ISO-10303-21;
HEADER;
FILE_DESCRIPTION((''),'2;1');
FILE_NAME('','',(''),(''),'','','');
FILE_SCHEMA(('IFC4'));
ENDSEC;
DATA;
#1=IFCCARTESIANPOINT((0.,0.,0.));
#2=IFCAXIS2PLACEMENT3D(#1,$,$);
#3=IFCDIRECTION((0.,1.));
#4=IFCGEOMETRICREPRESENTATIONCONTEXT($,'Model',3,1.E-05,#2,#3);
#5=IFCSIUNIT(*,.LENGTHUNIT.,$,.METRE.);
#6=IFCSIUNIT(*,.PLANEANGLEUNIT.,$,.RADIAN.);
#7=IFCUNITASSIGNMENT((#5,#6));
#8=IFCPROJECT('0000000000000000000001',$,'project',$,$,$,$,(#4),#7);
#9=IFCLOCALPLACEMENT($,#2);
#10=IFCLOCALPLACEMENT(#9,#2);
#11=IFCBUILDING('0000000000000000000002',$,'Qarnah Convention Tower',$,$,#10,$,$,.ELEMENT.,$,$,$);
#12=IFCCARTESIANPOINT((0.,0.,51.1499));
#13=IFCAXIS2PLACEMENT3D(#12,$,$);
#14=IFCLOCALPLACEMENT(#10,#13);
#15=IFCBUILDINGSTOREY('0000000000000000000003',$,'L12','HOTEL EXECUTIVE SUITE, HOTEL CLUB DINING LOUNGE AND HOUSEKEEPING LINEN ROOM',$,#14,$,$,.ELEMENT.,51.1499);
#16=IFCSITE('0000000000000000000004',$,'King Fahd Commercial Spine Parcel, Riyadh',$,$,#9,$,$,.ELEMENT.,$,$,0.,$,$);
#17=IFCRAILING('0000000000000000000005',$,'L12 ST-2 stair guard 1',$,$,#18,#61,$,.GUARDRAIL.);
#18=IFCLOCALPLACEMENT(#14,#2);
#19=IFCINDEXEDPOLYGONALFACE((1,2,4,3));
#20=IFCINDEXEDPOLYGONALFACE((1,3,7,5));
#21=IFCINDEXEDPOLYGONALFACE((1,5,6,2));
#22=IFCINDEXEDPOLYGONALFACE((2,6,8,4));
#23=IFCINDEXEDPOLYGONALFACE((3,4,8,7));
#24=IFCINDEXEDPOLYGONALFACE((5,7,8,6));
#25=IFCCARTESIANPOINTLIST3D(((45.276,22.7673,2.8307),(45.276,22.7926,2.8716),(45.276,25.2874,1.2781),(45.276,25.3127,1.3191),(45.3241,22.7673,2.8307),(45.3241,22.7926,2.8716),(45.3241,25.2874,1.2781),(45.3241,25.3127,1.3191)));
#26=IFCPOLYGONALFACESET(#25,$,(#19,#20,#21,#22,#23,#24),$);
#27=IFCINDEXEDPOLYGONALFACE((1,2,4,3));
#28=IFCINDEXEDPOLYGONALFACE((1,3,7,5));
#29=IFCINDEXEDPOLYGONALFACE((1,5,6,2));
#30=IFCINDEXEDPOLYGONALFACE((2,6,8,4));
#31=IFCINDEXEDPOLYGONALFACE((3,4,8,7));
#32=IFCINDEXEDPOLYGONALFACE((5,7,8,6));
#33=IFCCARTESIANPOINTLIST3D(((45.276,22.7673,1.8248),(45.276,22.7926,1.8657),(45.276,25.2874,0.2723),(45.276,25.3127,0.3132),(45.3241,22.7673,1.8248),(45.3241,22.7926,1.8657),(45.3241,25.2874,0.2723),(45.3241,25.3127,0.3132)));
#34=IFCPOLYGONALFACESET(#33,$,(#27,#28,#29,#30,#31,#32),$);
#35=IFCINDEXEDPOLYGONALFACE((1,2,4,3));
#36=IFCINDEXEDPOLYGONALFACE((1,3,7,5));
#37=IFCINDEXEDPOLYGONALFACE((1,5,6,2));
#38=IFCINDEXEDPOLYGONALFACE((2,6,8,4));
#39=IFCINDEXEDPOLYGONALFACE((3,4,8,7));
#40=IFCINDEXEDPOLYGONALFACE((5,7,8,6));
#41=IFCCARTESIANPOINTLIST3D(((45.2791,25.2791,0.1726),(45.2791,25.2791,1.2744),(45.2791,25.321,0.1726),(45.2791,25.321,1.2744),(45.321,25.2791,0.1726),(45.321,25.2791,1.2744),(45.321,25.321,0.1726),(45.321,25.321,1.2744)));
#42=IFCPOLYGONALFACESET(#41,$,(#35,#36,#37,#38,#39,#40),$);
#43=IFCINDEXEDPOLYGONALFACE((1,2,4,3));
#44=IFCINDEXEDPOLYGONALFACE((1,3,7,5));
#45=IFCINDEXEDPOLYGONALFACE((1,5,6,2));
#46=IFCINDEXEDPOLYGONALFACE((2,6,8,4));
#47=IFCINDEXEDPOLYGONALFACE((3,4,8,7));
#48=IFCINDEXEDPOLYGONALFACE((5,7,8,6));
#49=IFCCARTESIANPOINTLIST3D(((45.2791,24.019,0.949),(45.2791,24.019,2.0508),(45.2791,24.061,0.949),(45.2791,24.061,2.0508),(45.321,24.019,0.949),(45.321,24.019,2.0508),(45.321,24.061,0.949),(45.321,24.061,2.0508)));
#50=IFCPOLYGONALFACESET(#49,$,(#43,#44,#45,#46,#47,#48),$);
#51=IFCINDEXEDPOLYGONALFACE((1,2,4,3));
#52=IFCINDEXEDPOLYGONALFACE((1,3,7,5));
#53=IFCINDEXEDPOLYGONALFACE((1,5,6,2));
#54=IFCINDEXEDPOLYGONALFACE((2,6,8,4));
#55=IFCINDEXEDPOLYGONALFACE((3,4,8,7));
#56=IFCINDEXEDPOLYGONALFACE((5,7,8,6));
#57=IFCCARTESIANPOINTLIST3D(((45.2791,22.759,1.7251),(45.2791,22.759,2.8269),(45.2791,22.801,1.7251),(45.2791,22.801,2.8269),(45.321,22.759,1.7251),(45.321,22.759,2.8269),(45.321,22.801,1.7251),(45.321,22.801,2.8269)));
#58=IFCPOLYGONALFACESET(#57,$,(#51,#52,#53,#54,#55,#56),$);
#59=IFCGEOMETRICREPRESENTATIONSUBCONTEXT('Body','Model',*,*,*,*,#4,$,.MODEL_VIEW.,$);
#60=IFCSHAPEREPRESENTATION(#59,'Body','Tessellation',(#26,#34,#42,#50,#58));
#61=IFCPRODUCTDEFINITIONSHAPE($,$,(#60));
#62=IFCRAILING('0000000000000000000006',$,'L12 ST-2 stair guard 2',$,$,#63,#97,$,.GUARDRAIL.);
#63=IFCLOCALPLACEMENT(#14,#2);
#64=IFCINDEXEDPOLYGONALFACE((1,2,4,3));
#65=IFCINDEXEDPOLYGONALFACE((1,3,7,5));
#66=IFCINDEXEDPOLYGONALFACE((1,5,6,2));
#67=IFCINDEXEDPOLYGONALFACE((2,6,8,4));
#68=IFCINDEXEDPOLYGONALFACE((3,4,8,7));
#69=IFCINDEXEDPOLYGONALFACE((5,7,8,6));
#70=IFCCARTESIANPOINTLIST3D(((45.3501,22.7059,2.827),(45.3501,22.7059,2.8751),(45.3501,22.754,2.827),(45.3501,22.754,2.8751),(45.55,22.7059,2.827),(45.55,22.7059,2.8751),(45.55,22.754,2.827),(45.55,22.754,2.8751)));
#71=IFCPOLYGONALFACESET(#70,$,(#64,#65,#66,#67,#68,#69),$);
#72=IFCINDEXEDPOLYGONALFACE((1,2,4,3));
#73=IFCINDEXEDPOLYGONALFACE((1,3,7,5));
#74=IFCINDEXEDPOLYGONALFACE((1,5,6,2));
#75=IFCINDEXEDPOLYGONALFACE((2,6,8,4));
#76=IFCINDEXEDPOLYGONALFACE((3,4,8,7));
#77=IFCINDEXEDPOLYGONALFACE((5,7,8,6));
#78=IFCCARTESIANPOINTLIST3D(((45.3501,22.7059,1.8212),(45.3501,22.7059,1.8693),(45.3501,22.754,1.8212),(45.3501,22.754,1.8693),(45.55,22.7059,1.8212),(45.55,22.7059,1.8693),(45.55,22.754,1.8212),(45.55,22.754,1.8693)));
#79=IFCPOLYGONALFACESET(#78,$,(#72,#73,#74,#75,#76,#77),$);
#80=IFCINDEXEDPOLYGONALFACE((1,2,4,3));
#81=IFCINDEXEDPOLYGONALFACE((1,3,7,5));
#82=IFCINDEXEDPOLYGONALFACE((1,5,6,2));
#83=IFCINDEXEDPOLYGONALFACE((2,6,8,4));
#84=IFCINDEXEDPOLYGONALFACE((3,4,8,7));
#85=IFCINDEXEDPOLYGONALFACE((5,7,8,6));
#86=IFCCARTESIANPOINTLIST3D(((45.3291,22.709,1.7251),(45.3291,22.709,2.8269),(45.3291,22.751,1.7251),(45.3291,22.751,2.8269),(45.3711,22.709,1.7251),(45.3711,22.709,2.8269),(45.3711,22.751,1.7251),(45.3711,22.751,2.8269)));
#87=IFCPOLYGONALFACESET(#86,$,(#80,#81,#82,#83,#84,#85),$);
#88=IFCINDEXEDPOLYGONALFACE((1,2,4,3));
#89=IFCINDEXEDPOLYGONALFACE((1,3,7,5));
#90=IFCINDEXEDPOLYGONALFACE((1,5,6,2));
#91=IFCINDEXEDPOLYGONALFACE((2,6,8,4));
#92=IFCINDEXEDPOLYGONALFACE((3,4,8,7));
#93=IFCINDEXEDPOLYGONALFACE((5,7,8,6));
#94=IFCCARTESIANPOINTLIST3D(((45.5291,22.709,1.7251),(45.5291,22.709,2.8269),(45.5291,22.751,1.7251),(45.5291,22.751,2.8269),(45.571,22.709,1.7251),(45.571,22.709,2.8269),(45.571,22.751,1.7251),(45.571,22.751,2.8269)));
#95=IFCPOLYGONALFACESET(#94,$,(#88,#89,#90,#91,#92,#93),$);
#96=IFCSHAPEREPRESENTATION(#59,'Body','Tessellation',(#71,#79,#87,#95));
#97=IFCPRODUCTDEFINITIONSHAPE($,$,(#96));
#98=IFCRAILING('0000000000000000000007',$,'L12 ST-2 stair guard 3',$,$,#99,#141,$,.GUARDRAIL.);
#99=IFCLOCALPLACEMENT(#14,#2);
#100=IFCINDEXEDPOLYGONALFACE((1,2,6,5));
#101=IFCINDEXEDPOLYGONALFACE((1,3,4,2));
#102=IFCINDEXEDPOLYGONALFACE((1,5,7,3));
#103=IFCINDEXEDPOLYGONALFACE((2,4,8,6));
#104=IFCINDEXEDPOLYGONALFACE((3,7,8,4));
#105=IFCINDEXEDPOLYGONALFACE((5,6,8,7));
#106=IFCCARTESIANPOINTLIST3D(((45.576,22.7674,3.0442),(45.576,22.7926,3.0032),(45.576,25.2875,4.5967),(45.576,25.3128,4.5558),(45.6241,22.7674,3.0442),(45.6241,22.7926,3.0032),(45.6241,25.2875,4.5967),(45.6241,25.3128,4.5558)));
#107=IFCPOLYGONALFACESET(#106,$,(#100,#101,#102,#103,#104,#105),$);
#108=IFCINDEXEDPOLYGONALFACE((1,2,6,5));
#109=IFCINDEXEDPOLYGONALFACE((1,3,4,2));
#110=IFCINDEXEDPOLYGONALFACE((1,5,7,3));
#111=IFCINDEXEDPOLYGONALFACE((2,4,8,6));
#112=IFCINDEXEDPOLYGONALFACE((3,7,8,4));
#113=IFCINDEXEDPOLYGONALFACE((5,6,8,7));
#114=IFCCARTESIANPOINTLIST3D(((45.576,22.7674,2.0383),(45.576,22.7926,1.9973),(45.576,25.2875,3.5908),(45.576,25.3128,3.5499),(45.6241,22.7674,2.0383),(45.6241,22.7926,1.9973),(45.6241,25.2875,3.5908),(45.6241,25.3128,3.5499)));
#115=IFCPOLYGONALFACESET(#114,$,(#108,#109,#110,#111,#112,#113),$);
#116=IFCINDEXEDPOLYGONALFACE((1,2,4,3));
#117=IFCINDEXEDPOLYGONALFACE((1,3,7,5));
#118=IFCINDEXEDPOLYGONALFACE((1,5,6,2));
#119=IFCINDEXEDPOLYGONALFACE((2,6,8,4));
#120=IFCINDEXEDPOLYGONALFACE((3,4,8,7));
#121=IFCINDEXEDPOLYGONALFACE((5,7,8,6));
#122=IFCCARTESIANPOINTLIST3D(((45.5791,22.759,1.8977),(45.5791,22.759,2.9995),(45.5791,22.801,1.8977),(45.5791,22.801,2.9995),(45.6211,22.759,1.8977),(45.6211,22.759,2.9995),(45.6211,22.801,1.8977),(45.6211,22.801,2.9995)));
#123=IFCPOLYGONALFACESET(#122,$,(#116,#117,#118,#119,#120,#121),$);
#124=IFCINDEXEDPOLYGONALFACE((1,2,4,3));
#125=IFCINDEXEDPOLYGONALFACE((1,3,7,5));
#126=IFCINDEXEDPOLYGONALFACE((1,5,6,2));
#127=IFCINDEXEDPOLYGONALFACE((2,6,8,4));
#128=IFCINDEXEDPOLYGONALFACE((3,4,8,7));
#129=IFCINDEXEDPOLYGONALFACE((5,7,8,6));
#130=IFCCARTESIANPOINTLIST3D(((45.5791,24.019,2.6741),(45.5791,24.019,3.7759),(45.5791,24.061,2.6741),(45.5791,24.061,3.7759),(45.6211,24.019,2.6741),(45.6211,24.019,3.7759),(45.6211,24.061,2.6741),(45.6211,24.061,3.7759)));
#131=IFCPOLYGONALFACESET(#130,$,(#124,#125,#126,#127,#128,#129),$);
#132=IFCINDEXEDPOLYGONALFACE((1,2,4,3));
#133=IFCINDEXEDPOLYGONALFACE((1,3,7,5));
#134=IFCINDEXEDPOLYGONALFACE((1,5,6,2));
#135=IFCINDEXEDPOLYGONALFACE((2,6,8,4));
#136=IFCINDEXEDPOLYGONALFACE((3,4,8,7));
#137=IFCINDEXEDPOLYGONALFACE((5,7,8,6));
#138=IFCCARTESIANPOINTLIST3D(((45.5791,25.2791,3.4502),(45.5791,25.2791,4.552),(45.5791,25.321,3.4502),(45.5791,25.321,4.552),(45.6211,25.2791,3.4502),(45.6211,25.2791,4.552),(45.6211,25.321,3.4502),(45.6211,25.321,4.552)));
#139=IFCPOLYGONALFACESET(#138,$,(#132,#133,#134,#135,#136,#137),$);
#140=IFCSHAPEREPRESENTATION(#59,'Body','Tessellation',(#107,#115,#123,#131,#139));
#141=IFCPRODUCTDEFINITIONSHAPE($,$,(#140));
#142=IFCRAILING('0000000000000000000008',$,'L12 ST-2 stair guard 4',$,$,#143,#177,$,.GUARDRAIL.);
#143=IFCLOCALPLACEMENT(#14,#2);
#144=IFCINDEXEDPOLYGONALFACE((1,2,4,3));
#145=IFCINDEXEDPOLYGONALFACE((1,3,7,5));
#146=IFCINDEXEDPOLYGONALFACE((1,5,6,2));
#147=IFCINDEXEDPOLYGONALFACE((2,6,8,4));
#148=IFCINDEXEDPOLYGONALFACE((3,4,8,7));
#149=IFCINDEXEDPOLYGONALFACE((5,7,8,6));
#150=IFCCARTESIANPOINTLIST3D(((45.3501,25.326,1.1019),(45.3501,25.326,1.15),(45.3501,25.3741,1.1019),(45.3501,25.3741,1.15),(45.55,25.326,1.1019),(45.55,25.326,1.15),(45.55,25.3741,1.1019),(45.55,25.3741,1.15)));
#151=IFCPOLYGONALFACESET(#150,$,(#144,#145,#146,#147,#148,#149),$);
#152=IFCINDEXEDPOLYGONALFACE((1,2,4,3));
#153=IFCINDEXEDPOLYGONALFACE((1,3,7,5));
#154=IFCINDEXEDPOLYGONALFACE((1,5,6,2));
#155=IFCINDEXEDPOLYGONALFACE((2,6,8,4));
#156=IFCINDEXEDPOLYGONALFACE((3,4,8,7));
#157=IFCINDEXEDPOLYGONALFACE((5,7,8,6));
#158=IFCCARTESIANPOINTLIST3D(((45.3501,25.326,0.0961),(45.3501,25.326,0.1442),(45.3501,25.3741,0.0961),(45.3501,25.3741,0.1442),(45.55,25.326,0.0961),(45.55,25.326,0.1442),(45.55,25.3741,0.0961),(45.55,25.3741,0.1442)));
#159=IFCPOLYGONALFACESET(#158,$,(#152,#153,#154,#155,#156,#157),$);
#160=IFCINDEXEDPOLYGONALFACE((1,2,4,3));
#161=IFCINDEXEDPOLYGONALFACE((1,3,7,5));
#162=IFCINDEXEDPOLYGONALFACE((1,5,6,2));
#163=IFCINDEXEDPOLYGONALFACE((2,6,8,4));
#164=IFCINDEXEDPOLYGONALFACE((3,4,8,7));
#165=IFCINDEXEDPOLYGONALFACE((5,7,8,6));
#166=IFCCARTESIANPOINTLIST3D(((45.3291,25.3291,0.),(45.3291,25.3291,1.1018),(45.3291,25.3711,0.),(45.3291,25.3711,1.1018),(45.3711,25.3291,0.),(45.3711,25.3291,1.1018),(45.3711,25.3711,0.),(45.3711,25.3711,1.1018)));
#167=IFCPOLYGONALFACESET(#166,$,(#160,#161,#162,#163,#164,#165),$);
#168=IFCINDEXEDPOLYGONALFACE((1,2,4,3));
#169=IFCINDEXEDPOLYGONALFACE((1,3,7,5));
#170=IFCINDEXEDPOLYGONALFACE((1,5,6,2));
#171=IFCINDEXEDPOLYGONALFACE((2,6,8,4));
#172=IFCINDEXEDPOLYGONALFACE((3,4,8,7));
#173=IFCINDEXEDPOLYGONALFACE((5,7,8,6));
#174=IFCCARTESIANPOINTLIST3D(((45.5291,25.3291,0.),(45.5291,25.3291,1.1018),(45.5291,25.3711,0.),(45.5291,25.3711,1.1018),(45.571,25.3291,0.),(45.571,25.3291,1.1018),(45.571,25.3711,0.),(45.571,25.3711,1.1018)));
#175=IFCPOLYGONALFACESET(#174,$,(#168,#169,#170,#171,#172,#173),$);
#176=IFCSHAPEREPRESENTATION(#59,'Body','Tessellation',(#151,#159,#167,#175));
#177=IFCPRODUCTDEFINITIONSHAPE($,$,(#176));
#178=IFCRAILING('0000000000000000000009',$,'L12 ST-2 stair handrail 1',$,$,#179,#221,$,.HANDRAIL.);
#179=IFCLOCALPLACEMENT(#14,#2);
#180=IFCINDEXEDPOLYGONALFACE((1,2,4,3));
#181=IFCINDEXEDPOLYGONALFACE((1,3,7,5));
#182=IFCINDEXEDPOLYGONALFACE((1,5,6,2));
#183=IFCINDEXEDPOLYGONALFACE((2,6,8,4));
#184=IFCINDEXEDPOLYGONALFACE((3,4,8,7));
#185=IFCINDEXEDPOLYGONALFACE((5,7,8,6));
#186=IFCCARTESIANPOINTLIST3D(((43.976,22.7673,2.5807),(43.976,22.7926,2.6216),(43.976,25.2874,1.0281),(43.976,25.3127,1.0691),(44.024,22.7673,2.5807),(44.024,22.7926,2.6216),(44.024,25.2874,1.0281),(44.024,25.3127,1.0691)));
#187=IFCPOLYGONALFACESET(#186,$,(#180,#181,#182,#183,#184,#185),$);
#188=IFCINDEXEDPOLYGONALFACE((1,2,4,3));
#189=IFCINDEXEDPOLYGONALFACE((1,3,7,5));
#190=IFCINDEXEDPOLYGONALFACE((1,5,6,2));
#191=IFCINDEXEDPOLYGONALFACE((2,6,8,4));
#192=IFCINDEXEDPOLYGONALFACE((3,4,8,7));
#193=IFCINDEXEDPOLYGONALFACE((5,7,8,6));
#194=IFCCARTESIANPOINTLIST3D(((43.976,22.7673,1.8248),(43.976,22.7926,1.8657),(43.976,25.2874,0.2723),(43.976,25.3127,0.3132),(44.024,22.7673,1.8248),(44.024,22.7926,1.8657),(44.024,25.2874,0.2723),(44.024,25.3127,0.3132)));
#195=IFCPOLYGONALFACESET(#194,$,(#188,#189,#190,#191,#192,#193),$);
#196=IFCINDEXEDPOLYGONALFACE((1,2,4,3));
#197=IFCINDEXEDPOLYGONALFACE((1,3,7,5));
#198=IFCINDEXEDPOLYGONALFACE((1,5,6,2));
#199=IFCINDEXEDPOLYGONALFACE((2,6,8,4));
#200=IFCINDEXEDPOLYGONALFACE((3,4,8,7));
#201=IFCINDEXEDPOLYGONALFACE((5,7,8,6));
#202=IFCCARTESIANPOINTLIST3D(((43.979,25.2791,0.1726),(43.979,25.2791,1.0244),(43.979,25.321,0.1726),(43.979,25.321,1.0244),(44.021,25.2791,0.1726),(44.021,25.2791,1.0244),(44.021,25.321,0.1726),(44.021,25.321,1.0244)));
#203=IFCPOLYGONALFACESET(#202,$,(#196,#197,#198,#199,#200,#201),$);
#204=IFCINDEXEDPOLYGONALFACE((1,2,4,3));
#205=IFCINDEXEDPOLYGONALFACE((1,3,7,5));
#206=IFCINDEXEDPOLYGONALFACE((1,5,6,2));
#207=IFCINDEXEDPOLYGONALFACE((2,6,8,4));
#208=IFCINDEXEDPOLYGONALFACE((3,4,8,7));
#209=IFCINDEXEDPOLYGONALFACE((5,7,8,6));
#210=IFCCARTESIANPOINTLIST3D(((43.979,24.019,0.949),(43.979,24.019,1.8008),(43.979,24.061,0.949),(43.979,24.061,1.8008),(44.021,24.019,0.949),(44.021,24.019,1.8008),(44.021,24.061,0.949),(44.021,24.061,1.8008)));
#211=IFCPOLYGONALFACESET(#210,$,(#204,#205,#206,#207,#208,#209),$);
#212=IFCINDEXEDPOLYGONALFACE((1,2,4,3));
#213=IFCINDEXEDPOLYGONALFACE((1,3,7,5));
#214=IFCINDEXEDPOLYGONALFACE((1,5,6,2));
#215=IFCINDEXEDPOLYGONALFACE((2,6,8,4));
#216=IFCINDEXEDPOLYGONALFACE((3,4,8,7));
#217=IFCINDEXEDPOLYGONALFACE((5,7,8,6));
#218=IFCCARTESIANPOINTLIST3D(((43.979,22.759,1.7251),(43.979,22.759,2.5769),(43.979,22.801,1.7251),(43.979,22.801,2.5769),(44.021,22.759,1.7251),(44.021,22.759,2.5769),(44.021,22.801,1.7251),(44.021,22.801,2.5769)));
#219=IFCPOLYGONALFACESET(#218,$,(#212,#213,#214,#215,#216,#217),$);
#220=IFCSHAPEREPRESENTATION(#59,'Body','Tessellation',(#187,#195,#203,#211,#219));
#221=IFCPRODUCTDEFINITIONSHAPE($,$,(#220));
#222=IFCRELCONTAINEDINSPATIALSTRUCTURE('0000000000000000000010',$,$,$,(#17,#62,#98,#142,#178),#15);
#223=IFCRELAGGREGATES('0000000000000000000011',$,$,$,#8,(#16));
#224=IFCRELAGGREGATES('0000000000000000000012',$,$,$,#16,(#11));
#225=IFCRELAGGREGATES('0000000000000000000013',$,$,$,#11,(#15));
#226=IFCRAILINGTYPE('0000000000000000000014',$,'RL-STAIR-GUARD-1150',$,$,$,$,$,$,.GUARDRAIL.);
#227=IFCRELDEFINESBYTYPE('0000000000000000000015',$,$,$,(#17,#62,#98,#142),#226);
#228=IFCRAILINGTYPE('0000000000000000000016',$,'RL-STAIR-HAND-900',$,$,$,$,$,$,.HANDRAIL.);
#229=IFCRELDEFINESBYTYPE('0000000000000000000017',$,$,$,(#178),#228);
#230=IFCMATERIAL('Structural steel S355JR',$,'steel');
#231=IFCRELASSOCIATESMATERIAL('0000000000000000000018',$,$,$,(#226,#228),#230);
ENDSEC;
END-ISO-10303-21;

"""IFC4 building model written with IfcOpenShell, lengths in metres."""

from ifc_helpers import new_model, si_unit, direction, frame, origin, origin_2d, place, context, subcontext, project, spatial, rectangle, extrude, material, type_object, element, save


model = new_model("IFC4")

# Units and contexts
model_context = context("Model", 3, precision=1e-05, world=origin(), true_north=direction((0.0, 1.0)))
body_context = subcontext(model_context, "Body", "Model", "MODEL_VIEW")
ifc_project = project(units=[si_unit("LENGTHUNIT", "METRE"), si_unit("PLANEANGLEUNIT", "RADIAN")], contexts=[model_context])

# Site, building, storey
site_placement = place(None, origin())
site = spatial("IfcSite", under=ifc_project, at=site_placement, Name="King Fahd Commercial Spine Parcel, Riyadh", CompositionType="ELEMENT", RefElevation=0.0)
building_placement = place(site_placement, origin())
building = spatial("IfcBuilding", under=site, at=building_placement, Name="Qarnah Convention Tower", CompositionType="ELEMENT")
storey_placement = place(building_placement, frame((0.0, 0.0, 51.1499)))
storey = spatial("IfcBuildingStorey", under=building, at=storey_placement, Name="L12", Description="HOTEL EXECUTIVE SUITE, HOTEL CLUB DINING LOUNGE AND HOUSEKEEPING LINEN ROOM", CompositionType="ELEMENT", Elevation=51.1499)

# Shared definitions
ifc_material_1 = material(Name="Structural steel S355JR", Category="steel")

# Railings
railing_type_1 = type_object("IfcRailingType", Name="RL-STAIR-GUARD-1150", PredefinedType="GUARDRAIL", material=ifc_material_1)
railing_1_placement = place(storey_placement, frame((45.3, 25.3, 0.1726)))
element("IfcRailing", 1, at=railing_1_placement, inside=storey, type_object=railing_type_1, Name="L12 ST-2 stair guard 1", PredefinedType="GUARDRAIL", context=body_context, shape_type="SweptSolid", body=[
    extrude(rectangle(XDim=0.0481, YDim=0.0481, at=origin_2d()), frame((0.0, 0.0, 1.126), z_axis=(0.0, -0.8514, 0.524516), x_axis=(1.0, 0.0, 0.0)), (0.0, 0.0, 1.0), 2.96),
    extrude(rectangle(XDim=0.0481, YDim=0.0481, at=origin_2d()), frame((0.0, 0.0, 0.1201), z_axis=(0.0, -0.8514, 0.524516), x_axis=(1.0, 0.0, 0.0)), (0.0, 0.0, 1.0), 2.96),
    extrude(rectangle(XDim=0.042, YDim=0.042, at=origin_2d()), origin(), (0.0, 0.0, 1.0), 1.1018),
    extrude(rectangle(XDim=0.042, YDim=0.042, at=origin_2d()), frame((0.0, -1.26, 0.7764)), (0.0, 0.0, 1.0), 1.1018),
    extrude(rectangle(XDim=0.042, YDim=0.042, at=origin_2d()), frame((0.0, -2.52, 1.5525)), (0.0, 0.0, 1.0), 1.1018),
])
railing_2_placement = place(storey_placement, frame((45.3501, 22.73, 1.7251)))
element("IfcRailing", 2, at=railing_2_placement, inside=storey, type_object=railing_type_1, Name="L12 ST-2 stair guard 2", PredefinedType="GUARDRAIL", context=body_context, shape_type="SweptSolid", body=[
    extrude(rectangle(XDim=0.0481, YDim=0.0481, at=origin_2d()), frame((0.0, 0.0, 1.126), z_axis=(1.0, 0.0, 0.0), x_axis=(0.0, 1.0, 0.0)), (0.0, 0.0, 1.0), 0.2),
    extrude(rectangle(XDim=0.0481, YDim=0.0481, at=origin_2d()), frame((0.0, 0.0, 0.1201), z_axis=(1.0, 0.0, 0.0), x_axis=(0.0, 1.0, 0.0)), (0.0, 0.0, 1.0), 0.2),
    extrude(rectangle(XDim=0.042, YDim=0.042, at=origin_2d()), origin(), (0.0, 0.0, 1.0), 1.1018),
    extrude(rectangle(XDim=0.042, YDim=0.042, at=origin_2d()), frame((0.2, 0.0, 0.0)), (0.0, 0.0, 1.0), 1.1018),
])
railing_3_placement = place(storey_placement, frame((45.6001, 22.78, 1.8977)))
element("IfcRailing", 3, at=railing_3_placement, inside=storey, type_object=railing_type_1, Name="L12 ST-2 stair guard 3", PredefinedType="GUARDRAIL", context=body_context, shape_type="SweptSolid", body=[
    extrude(rectangle(XDim=0.0481, YDim=0.0481, at=origin_2d()), frame((0.0, 0.0, 1.126), z_axis=(0.0, 0.8514, 0.524516), x_axis=(-1.0, 0.0, 0.0)), (0.0, 0.0, 1.0), 2.96),
    extrude(rectangle(XDim=0.0481, YDim=0.0481, at=origin_2d()), frame((0.0, 0.0, 0.1201), z_axis=(0.0, 0.8514, 0.524516), x_axis=(-1.0, 0.0, 0.0)), (0.0, 0.0, 1.0), 2.96),
    extrude(rectangle(XDim=0.042, YDim=0.042, at=origin_2d()), origin(), (0.0, 0.0, 1.0), 1.1018),
    extrude(rectangle(XDim=0.042, YDim=0.042, at=origin_2d()), frame((0.0, 1.26, 0.7764)), (0.0, 0.0, 1.0), 1.1018),
    extrude(rectangle(XDim=0.042, YDim=0.042, at=origin_2d()), frame((0.0, 2.52, 1.5525)), (0.0, 0.0, 1.0), 1.1018),
])
railing_4_placement = place(storey_placement, frame((45.3501, 25.3501, 0.0)))
element("IfcRailing", 4, at=railing_4_placement, inside=storey, type_object=railing_type_1, Name="L12 ST-2 stair guard 4", PredefinedType="GUARDRAIL", context=body_context, shape_type="SweptSolid", body=[
    extrude(rectangle(XDim=0.0481, YDim=0.0481, at=origin_2d()), frame((0.0, 0.0, 1.126), z_axis=(1.0, 0.0, 0.0), x_axis=(0.0, 1.0, 0.0)), (0.0, 0.0, 1.0), 0.2),
    extrude(rectangle(XDim=0.0481, YDim=0.0481, at=origin_2d()), frame((0.0, 0.0, 0.1201), z_axis=(1.0, 0.0, 0.0), x_axis=(0.0, 1.0, 0.0)), (0.0, 0.0, 1.0), 0.2),
    extrude(rectangle(XDim=0.042, YDim=0.042, at=origin_2d()), origin(), (0.0, 0.0, 1.0), 1.1018),
    extrude(rectangle(XDim=0.042, YDim=0.042, at=origin_2d()), frame((0.2, 0.0, 0.0)), (0.0, 0.0, 1.0), 1.1018),
])
railing_type_2 = type_object("IfcRailingType", Name="RL-STAIR-HAND-900", PredefinedType="HANDRAIL", material=ifc_material_1)
railing_5_placement = place(storey_placement, frame((44.0, 25.3, 0.1726)))
element("IfcRailing", 5, at=railing_5_placement, inside=storey, type_object=railing_type_2, Name="L12 ST-2 stair handrail 1", PredefinedType="HANDRAIL", context=body_context, shape_type="SweptSolid", body=[
    extrude(rectangle(XDim=0.0481, YDim=0.0481, at=origin_2d()), frame((0.0, 0.0, 0.876), z_axis=(0.0, -0.8514, 0.524516), x_axis=(1.0, 0.0, 0.0)), (0.0, 0.0, 1.0), 2.96),
    extrude(rectangle(XDim=0.0481, YDim=0.0481, at=origin_2d()), frame((0.0, 0.0, 0.1201), z_axis=(0.0, -0.8514, 0.524516), x_axis=(1.0, 0.0, 0.0)), (0.0, 0.0, 1.0), 2.96),
    extrude(rectangle(XDim=0.042, YDim=0.042, at=origin_2d()), origin(), (0.0, 0.0, 1.0), 0.8518),
    extrude(rectangle(XDim=0.042, YDim=0.042, at=origin_2d()), frame((0.0, -1.26, 0.7764)), (0.0, 0.0, 1.0), 0.8518),
    extrude(rectangle(XDim=0.042, YDim=0.042, at=origin_2d()), frame((0.0, -2.52, 1.5525)), (0.0, 0.0, 1.0), 0.8518),
])

save(model, "model.ifc")
